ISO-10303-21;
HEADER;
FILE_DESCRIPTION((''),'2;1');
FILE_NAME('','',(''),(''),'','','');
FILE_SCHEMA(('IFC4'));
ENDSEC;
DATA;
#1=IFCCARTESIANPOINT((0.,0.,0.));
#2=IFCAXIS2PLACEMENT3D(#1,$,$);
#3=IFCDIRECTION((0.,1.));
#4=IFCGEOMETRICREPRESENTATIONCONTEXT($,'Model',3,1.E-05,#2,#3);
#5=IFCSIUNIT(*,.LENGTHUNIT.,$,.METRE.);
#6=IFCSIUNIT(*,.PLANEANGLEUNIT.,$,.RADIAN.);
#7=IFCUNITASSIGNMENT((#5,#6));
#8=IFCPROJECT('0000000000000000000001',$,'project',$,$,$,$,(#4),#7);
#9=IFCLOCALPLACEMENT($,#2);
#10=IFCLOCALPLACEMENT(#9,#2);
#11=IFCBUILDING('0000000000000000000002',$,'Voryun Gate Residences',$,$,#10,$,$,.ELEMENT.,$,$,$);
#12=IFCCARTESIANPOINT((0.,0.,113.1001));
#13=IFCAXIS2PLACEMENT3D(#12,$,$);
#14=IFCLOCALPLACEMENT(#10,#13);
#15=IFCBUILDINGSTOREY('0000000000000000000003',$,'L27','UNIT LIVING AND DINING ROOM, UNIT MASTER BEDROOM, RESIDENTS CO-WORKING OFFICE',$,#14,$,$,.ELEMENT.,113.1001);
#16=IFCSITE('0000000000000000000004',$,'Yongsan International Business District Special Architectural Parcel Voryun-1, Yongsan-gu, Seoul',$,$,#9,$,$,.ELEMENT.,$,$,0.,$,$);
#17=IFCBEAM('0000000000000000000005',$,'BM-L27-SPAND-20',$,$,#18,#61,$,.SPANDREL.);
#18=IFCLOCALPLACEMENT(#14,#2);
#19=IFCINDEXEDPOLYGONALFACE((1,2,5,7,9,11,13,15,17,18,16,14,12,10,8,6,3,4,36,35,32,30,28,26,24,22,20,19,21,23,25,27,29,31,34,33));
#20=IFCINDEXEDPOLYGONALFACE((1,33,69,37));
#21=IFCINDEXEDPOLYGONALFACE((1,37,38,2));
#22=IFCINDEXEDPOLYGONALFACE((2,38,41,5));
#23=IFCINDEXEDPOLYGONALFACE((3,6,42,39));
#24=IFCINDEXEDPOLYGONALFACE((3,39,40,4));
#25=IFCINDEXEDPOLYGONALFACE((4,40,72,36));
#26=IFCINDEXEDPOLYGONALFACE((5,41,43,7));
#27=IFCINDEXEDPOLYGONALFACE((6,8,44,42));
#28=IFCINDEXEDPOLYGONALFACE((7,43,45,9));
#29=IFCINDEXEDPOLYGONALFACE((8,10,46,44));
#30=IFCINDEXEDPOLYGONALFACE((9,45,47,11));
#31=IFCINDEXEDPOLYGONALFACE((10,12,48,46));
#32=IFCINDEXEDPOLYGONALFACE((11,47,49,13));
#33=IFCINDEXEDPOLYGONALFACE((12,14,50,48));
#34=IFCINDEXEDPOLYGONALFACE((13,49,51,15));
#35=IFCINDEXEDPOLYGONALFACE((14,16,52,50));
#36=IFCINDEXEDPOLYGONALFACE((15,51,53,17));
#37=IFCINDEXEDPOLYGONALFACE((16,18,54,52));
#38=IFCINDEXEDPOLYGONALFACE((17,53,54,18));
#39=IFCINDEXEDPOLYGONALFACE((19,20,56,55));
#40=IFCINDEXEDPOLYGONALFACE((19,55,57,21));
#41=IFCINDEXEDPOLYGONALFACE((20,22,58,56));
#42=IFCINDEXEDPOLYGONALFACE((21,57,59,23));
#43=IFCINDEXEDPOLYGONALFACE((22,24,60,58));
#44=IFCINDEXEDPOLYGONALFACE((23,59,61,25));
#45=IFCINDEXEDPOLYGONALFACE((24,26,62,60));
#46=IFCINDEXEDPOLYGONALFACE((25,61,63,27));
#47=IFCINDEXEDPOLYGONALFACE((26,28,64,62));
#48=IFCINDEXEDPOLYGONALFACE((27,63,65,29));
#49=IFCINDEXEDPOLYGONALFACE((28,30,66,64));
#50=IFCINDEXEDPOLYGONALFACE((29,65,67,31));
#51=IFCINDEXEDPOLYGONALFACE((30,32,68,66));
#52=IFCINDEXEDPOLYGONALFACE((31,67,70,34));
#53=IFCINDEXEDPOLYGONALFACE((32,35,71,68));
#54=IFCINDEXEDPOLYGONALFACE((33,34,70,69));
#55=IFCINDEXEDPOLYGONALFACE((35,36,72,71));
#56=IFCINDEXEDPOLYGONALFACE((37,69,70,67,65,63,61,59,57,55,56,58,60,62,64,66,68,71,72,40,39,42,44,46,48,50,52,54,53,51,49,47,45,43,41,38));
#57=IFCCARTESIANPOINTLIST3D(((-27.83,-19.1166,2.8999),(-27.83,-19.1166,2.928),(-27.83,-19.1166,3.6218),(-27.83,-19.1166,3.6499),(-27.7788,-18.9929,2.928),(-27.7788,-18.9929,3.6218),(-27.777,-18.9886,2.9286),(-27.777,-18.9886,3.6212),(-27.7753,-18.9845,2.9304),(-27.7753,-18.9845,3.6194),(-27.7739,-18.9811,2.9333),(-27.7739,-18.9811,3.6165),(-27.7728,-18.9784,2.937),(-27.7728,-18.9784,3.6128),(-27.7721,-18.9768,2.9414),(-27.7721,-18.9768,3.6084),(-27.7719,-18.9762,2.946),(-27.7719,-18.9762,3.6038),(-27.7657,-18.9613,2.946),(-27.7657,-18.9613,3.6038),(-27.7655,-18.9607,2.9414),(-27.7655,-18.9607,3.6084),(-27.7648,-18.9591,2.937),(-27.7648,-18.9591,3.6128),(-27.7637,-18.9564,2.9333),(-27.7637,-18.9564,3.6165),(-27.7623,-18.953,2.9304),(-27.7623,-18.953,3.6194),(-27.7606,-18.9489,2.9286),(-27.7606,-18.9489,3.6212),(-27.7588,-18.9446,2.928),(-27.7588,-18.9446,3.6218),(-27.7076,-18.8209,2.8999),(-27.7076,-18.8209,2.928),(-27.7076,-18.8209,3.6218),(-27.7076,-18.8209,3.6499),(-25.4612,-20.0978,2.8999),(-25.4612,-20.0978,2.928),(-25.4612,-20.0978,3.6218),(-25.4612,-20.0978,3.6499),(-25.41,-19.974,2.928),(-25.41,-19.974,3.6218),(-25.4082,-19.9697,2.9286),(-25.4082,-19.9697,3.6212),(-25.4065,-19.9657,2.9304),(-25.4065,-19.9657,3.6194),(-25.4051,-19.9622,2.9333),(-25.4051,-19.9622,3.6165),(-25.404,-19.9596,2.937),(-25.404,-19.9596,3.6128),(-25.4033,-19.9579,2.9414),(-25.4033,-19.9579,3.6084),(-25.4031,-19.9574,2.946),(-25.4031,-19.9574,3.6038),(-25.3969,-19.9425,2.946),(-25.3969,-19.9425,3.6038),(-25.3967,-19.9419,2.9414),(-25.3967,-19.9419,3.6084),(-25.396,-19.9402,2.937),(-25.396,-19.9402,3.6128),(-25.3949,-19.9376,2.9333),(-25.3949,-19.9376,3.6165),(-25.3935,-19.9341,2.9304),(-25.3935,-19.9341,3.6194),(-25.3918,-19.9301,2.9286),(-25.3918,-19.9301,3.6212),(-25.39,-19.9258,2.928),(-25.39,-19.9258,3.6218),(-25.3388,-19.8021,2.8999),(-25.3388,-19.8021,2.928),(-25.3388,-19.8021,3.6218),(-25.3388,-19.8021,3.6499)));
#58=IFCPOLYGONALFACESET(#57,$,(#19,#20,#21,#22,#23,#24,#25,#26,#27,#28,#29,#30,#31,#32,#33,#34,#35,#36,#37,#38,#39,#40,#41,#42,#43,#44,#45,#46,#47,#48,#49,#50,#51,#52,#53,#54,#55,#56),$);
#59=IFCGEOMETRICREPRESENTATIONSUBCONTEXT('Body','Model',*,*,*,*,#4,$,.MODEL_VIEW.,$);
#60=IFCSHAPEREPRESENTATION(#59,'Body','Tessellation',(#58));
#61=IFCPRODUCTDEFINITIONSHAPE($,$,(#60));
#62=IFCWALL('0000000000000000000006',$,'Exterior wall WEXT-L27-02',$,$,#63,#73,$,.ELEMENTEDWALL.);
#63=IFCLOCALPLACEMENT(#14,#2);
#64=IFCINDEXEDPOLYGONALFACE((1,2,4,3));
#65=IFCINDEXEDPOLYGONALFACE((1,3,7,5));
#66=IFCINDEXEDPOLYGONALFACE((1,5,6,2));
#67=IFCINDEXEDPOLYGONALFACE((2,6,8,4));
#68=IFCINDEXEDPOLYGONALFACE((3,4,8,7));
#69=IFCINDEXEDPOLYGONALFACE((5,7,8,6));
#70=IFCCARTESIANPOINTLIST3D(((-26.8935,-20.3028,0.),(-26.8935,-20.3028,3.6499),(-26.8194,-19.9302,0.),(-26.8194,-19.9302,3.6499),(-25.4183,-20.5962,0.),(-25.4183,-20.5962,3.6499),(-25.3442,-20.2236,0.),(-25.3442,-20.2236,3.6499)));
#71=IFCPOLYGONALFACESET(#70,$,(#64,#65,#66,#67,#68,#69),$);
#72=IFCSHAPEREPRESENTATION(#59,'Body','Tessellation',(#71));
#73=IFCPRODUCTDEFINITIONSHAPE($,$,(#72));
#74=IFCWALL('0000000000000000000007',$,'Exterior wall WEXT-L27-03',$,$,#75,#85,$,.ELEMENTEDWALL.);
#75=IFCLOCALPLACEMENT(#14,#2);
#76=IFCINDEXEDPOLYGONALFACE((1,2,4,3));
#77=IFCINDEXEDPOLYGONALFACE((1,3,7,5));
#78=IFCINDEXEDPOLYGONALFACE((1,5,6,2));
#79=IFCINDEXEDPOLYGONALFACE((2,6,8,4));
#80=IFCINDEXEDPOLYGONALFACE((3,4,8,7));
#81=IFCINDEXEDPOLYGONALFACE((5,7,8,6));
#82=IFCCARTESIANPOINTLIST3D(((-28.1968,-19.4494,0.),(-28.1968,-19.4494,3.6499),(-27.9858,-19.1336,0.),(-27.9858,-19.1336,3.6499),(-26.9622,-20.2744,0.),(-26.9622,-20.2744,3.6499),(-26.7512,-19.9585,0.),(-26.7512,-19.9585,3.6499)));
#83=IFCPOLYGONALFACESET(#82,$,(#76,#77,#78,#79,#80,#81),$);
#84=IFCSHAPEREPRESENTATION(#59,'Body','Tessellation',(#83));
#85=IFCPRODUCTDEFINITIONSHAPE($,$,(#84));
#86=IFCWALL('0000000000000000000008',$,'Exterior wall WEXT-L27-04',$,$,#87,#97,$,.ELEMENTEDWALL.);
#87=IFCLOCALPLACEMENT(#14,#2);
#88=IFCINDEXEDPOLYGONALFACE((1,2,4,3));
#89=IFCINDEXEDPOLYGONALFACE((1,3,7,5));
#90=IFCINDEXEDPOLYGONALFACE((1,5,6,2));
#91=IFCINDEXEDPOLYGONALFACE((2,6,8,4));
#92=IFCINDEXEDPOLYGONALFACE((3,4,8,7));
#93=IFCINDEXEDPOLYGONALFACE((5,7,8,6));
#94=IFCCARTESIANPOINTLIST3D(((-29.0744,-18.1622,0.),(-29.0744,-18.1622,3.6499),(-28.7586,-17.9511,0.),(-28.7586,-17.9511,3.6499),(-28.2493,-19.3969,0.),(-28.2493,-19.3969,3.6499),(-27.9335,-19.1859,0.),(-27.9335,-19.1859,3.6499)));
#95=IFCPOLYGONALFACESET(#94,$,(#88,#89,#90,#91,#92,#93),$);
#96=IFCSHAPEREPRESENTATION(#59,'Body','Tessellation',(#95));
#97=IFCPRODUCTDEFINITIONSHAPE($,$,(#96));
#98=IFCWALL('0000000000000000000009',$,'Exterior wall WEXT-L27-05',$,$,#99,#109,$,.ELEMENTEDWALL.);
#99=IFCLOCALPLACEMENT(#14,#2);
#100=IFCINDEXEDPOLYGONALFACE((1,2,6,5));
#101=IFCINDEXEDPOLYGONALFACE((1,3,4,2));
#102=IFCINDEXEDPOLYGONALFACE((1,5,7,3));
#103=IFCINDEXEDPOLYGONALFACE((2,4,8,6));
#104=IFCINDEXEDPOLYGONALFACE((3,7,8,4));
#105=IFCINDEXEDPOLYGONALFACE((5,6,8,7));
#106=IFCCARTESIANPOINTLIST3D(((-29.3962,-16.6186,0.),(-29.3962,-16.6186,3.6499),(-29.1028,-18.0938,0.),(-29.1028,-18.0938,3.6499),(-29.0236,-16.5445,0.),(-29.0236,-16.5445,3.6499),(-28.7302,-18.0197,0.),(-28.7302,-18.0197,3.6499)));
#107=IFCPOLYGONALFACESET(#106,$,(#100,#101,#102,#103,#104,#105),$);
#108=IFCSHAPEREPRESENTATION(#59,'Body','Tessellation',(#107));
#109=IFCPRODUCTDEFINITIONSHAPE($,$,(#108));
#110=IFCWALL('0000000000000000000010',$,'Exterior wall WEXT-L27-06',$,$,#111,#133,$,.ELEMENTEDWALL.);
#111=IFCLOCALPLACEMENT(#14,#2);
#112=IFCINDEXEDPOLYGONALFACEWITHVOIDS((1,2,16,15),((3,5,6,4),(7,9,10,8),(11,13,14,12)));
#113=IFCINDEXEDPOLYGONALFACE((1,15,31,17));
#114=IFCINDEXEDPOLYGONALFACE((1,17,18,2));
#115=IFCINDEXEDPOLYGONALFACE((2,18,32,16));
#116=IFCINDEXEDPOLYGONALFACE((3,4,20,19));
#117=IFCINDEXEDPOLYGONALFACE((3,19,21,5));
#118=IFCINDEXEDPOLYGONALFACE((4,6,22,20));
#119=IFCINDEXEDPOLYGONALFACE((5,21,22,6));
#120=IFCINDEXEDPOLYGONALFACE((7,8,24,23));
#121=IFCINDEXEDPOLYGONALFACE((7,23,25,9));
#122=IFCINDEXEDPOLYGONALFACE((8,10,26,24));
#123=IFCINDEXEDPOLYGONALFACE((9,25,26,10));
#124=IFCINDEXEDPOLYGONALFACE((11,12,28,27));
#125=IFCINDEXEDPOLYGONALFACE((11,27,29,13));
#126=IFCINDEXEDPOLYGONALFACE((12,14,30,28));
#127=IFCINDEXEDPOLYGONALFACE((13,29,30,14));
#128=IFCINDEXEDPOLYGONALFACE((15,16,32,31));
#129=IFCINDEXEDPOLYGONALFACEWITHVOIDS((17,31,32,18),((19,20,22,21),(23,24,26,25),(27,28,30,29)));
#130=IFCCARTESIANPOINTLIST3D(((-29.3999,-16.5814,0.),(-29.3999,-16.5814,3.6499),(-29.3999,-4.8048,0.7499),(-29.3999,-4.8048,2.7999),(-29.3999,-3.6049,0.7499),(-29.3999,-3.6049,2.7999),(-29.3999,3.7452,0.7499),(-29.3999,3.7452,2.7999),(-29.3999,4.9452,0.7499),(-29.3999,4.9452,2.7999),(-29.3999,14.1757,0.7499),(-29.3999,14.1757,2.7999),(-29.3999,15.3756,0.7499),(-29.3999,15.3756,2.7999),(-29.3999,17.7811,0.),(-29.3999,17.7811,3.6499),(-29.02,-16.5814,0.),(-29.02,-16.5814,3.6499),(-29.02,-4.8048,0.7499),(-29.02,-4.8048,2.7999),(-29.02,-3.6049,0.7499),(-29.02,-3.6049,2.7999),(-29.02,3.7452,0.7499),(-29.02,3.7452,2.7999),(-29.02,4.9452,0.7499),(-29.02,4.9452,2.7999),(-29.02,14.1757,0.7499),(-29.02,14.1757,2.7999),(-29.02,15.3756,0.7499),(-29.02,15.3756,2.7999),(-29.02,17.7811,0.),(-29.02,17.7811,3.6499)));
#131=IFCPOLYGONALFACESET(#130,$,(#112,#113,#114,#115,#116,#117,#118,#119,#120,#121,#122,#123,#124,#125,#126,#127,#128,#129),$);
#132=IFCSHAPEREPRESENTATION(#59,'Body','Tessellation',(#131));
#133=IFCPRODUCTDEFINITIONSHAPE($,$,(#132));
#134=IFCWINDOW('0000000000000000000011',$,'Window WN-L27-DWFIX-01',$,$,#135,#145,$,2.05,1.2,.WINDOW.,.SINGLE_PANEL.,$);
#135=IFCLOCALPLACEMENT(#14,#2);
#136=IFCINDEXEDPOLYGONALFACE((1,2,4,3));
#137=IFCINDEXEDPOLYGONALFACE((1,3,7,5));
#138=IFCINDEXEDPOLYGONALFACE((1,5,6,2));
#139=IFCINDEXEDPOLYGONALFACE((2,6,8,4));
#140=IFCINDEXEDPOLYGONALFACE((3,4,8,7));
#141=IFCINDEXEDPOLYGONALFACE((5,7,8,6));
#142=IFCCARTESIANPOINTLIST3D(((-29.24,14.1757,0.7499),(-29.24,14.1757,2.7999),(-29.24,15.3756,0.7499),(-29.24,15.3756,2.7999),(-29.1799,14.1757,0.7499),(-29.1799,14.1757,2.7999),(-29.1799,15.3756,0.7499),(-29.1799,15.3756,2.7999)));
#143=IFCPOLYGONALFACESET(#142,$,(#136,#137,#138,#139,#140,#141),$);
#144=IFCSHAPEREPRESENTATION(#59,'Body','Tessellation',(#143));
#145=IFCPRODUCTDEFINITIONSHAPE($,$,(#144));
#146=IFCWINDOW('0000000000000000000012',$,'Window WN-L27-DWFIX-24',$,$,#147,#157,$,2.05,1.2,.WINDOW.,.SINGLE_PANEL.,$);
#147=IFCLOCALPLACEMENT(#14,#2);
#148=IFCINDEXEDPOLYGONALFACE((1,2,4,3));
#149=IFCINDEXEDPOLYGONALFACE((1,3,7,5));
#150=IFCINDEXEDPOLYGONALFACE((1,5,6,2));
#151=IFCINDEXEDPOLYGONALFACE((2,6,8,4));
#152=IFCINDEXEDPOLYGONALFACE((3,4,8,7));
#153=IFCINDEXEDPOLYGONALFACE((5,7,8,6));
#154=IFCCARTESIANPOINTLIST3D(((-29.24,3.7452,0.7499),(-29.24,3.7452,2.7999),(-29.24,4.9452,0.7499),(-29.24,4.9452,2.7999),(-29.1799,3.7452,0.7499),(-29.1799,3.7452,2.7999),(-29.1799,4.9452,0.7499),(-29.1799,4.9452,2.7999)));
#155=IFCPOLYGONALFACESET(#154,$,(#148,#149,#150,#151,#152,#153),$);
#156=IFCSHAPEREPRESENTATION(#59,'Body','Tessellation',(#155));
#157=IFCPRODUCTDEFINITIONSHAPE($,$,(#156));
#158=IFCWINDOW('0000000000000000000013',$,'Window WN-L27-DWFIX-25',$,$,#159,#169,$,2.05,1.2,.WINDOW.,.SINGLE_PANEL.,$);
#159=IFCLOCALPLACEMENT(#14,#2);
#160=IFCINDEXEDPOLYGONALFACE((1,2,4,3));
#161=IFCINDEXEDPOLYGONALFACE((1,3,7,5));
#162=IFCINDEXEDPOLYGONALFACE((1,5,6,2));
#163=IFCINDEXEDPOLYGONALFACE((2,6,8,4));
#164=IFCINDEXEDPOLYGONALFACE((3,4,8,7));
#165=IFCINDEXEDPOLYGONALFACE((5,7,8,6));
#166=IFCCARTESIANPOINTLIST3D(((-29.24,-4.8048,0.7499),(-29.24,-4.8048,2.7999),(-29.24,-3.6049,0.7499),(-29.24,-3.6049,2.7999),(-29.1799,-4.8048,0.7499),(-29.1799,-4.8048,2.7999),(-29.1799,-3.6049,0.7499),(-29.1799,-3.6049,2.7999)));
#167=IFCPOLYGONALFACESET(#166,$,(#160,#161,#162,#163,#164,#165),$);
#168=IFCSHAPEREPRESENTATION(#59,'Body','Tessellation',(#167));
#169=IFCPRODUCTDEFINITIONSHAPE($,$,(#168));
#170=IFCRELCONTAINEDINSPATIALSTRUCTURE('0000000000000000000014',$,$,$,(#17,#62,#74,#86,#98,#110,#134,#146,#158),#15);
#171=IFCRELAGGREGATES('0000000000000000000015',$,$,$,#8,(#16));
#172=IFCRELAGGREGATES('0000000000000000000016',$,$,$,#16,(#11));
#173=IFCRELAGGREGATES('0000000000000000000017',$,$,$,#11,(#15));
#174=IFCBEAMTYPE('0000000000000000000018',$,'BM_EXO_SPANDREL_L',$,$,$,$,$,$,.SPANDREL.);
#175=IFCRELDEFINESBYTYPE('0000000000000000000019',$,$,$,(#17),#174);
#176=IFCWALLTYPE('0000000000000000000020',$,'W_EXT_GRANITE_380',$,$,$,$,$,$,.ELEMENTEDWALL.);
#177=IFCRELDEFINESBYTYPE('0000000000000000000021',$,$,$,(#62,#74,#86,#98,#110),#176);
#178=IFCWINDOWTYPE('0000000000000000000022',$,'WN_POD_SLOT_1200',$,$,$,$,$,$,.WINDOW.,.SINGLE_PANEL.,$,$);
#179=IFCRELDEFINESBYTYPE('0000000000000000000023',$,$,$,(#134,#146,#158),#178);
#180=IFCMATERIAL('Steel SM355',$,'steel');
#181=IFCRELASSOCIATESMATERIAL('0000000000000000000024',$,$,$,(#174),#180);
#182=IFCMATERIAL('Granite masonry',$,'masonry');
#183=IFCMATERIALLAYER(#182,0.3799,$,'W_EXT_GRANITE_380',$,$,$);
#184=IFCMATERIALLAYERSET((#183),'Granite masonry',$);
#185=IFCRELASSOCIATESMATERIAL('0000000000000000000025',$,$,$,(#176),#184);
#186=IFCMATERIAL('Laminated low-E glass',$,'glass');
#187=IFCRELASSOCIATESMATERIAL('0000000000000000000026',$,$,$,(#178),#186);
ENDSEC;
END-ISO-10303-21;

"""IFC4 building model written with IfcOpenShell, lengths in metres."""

from ifc_helpers import new_model, si_unit, direction, frame, frame_2d, origin, origin_2d, place, context, subcontext, project, spatial, rectangle, i_section, extrude, material, layer, layer_set, material_profile, profile_set, type_object, element, fill, save


model = new_model("IFC4")

# Units and contexts
model_context = context("Model", 3, precision=1e-05, world=origin(), true_north=direction((0.0, 1.0)))
body_context = subcontext(model_context, "Body", "Model", "MODEL_VIEW")
ifc_project = project(units=[si_unit("LENGTHUNIT", "METRE"), si_unit("PLANEANGLEUNIT", "RADIAN")], contexts=[model_context])

# Site, building, storey
site_placement = place(None, origin())
site = spatial("IfcSite", under=ifc_project, at=site_placement, Name="Yongsan International Business District Special Architectural Parcel Voryun-1, Yongsan-gu, Seoul", CompositionType="ELEMENT", RefElevation=0.0)
building_placement = place(site_placement, origin())
building = spatial("IfcBuilding", under=site, at=building_placement, Name="Voryun Gate Residences", CompositionType="ELEMENT")
storey_placement = place(building_placement, frame((0.0, 0.0, 113.1001)))
storey = spatial("IfcBuildingStorey", under=building, at=storey_placement, Name="L27", Description="UNIT LIVING AND DINING ROOM, UNIT MASTER BEDROOM, RESIDENTS CO-WORKING OFFICE", CompositionType="ELEMENT", Elevation=113.1001)

# Beam
ifc_material_1 = material(Name="Steel SM355", Category="steel")
ifc_material_profile_1 = material_profile(ifc_material_1, i_section(OverallWidth=0.3201, OverallDepth=0.75, WebThickness=0.0161, FlangeThickness=0.0281, FilletRadius=0.0181, at=origin_2d()), Name="H-750x320x16x28")
ifc_profile_set_1 = profile_set([ifc_material_profile_1], Name="Steel SM355")
beam_type = type_object("IfcBeamType", Name="BM_EXO_SPANDREL_L", PredefinedType="SPANDREL", material=ifc_profile_set_1)
beam_1_placement = place(storey_placement, frame((-27.7688, -18.9688, 3.2749), z_axis=(0.923883, -0.382674, 0.0), x_axis=(0.382674, 0.923883, 0.0)))
element("IfcBeam", 1, at=beam_1_placement, inside=storey, type_object=beam_type, Name="BM-L27-SPAND-20", PredefinedType="SPANDREL", context=body_context, shape_type="SweptSolid", body=[
    extrude(i_section(OverallWidth=0.3201, OverallDepth=0.75, WebThickness=0.0161, FlangeThickness=0.0281, FilletRadius=0.0181, at=origin_2d()), origin(), (0.0, 0.0, 1.0), 2.564),
])

# Walls
ifc_material_2 = material(Name="Granite masonry", Category="masonry")
ifc_layer_1 = layer(ifc_material_2, 0.3799, Name="W_EXT_GRANITE_380")
ifc_layer_set_1 = layer_set([ifc_layer_1], Name="Granite masonry")
wall_type_1 = type_object("IfcWallType", Name="W_EXT_GRANITE_380", PredefinedType="ELEMENTEDWALL", material=ifc_layer_set_1)
wall_1_placement = place(storey_placement, frame((-25.3813, -20.4099, 0.0), z_axis=(0.0, 0.0, 1.0), x_axis=(-0.980786, 0.195086, 0.0)))
element("IfcWall", 2, at=wall_1_placement, inside=storey, type_object=wall_type_1, Name="Exterior wall WEXT-L27-02", PredefinedType="ELEMENTEDWALL", context=body_context, shape_type="SweptSolid", body=[
    extrude(rectangle(XDim=1.5042, YDim=0.3799, at=frame_2d((0.752, 0.0))), origin(), (0.0, 0.0, 1.0), 3.6499),
])
wall_2_placement = place(storey_placement, frame((-26.8567, -20.1165, 0.0), z_axis=(0.0, 0.0, 1.0), x_axis=(-0.831468, 0.555573, 0.0)))
element("IfcWall", 3, at=wall_2_placement, inside=storey, type_object=wall_type_1, Name="Exterior wall WEXT-L27-03", PredefinedType="ELEMENTEDWALL", context=body_context, shape_type="SweptSolid", body=[
    extrude(rectangle(XDim=1.4849, YDim=0.3799, at=frame_2d((0.7424, 0.0))), origin(), (0.0, 0.0, 1.0), 3.6499),
])
wall_3_placement = place(storey_placement, frame((-28.0913, -19.2915, 0.0), z_axis=(0.0, 0.0, 1.0), x_axis=(-0.55561, 0.831443, 0.0)))
element("IfcWall", 4, at=wall_3_placement, inside=storey, type_object=wall_type_1, Name="Exterior wall WEXT-L27-04", PredefinedType="ELEMENTEDWALL", context=body_context, shape_type="SweptSolid", body=[
    extrude(rectangle(XDim=1.4851, YDim=0.3799, at=frame_2d((0.7427, 0.0))), origin(), (0.0, 0.0, 1.0), 3.6499),
])
wall_4_placement = place(storey_placement, frame((-28.9165, -18.0566, 0.0), z_axis=(0.0, 0.0, 1.0), x_axis=(-0.195086, 0.980786, 0.0)))
element("IfcWall", 5, at=wall_4_placement, inside=storey, type_object=wall_type_1, Name="Exterior wall WEXT-L27-05", PredefinedType="ELEMENTEDWALL", context=body_context, shape_type="SweptSolid", body=[
    extrude(rectangle(XDim=1.5042, YDim=0.3799, at=frame_2d((0.752, 0.0))), origin(), (0.0, 0.0, 1.0), 3.6499),
])

# Wall, openings, windows
wall_5_placement = place(storey_placement, frame((-29.21, -16.5813, 0.0), z_axis=(0.0, 0.0, 1.0), x_axis=(0.0, 1.0, 0.0)))
wall_5 = element("IfcWall", 6, at=wall_5_placement, inside=storey, type_object=wall_type_1, Name="Exterior wall WEXT-L27-06", PredefinedType="ELEMENTEDWALL", context=body_context, shape_type="SweptSolid", body=[
    extrude(rectangle(XDim=34.3625, YDim=0.3799, at=frame_2d((17.1812, 0.0))), origin(), (0.0, 0.0, 1.0), 3.6499),
])
opening_1_placement = place(wall_5_placement, frame((30.7568, 0.0, 0.75)))
opening_1 = element("IfcOpeningElement", 7, at=opening_1_placement, cuts=wall_5, PredefinedType="OPENING", context=body_context, shape_type="SweptSolid", body=[
    extrude(rectangle(XDim=1.2, YDim=2.05, at=frame_2d((0.6001, 1.0249))), frame((0.0, 0.2, 0.0), z_axis=(0.0, -1.0, 0.0), x_axis=(1.0, 0.0, 0.0)), (0.0, 0.0, 1.0), 0.3999),
])
opening_2_placement = place(wall_5_placement, frame((20.3264, 0.0, 0.75)))
opening_2 = element("IfcOpeningElement", 8, at=opening_2_placement, cuts=wall_5, PredefinedType="OPENING", context=body_context, shape_type="SweptSolid", body=[
    extrude(rectangle(XDim=1.2, YDim=2.05, at=frame_2d((0.6001, 1.0249))), frame((0.0, 0.2, 0.0), z_axis=(0.0, -1.0, 0.0), x_axis=(1.0, 0.0, 0.0)), (0.0, 0.0, 1.0), 0.3999),
])
opening_3_placement = place(wall_5_placement, frame((11.7764, 0.0, 0.75)))
opening_3 = element("IfcOpeningElement", 9, at=opening_3_placement, cuts=wall_5, PredefinedType="OPENING", context=body_context, shape_type="SweptSolid", body=[
    extrude(rectangle(XDim=1.2, YDim=2.05, at=frame_2d((0.6001, 1.0249))), frame((0.0, 0.2, 0.0), z_axis=(0.0, -1.0, 0.0), x_axis=(1.0, 0.0, 0.0)), (0.0, 0.0, 1.0), 0.3999),
])
ifc_material_3 = material(Name="Laminated low-E glass", Category="glass")
window_type = type_object("IfcWindowType", Name="WN_POD_SLOT_1200", PartitioningType="SINGLE_PANEL", PredefinedType="WINDOW", material=ifc_material_3)
window_1_placement = place(opening_1_placement, origin())
window_1 = element("IfcWindow", 10, at=window_1_placement, inside=storey, type_object=window_type, Name="Window WN-L27-DWFIX-01", OverallHeight=2.05, OverallWidth=1.2, PartitioningType="SINGLE_PANEL", PredefinedType="WINDOW", context=body_context, shape_type="SweptSolid", body=[
    extrude(rectangle(XDim=1.2, YDim=2.05, at=frame_2d((0.6001, 1.0249))), frame((0.0, 0.03, 0.0), z_axis=(0.0, -1.0, 0.0), x_axis=(1.0, 0.0, 0.0)), (0.0, 0.0, 1.0), 0.0601),
])
fill(opening_1, window_1)
window_2_placement = place(opening_2_placement, origin())
window_2 = element("IfcWindow", 11, at=window_2_placement, inside=storey, type_object=window_type, Name="Window WN-L27-DWFIX-24", OverallHeight=2.05, OverallWidth=1.2, PartitioningType="SINGLE_PANEL", PredefinedType="WINDOW", context=body_context, shape_type="SweptSolid", body=[
    extrude(rectangle(XDim=1.2, YDim=2.05, at=frame_2d((0.6001, 1.0249))), frame((0.0, 0.03, 0.0), z_axis=(0.0, -1.0, 0.0), x_axis=(1.0, 0.0, 0.0)), (0.0, 0.0, 1.0), 0.0601),
])
fill(opening_2, window_2)
window_3_placement = place(opening_3_placement, origin())
window_3 = element("IfcWindow", 12, at=window_3_placement, inside=storey, type_object=window_type, Name="Window WN-L27-DWFIX-25", OverallHeight=2.05, OverallWidth=1.2, PartitioningType="SINGLE_PANEL", PredefinedType="WINDOW", context=body_context, shape_type="SweptSolid", body=[
    extrude(rectangle(XDim=1.2, YDim=2.05, at=frame_2d((0.6001, 1.0249))), frame((0.0, 0.03, 0.0), z_axis=(0.0, -1.0, 0.0), x_axis=(1.0, 0.0, 0.0)), (0.0, 0.0, 1.0), 0.0601),
])
fill(opening_3, window_3)

save(model, "model.ifc")
